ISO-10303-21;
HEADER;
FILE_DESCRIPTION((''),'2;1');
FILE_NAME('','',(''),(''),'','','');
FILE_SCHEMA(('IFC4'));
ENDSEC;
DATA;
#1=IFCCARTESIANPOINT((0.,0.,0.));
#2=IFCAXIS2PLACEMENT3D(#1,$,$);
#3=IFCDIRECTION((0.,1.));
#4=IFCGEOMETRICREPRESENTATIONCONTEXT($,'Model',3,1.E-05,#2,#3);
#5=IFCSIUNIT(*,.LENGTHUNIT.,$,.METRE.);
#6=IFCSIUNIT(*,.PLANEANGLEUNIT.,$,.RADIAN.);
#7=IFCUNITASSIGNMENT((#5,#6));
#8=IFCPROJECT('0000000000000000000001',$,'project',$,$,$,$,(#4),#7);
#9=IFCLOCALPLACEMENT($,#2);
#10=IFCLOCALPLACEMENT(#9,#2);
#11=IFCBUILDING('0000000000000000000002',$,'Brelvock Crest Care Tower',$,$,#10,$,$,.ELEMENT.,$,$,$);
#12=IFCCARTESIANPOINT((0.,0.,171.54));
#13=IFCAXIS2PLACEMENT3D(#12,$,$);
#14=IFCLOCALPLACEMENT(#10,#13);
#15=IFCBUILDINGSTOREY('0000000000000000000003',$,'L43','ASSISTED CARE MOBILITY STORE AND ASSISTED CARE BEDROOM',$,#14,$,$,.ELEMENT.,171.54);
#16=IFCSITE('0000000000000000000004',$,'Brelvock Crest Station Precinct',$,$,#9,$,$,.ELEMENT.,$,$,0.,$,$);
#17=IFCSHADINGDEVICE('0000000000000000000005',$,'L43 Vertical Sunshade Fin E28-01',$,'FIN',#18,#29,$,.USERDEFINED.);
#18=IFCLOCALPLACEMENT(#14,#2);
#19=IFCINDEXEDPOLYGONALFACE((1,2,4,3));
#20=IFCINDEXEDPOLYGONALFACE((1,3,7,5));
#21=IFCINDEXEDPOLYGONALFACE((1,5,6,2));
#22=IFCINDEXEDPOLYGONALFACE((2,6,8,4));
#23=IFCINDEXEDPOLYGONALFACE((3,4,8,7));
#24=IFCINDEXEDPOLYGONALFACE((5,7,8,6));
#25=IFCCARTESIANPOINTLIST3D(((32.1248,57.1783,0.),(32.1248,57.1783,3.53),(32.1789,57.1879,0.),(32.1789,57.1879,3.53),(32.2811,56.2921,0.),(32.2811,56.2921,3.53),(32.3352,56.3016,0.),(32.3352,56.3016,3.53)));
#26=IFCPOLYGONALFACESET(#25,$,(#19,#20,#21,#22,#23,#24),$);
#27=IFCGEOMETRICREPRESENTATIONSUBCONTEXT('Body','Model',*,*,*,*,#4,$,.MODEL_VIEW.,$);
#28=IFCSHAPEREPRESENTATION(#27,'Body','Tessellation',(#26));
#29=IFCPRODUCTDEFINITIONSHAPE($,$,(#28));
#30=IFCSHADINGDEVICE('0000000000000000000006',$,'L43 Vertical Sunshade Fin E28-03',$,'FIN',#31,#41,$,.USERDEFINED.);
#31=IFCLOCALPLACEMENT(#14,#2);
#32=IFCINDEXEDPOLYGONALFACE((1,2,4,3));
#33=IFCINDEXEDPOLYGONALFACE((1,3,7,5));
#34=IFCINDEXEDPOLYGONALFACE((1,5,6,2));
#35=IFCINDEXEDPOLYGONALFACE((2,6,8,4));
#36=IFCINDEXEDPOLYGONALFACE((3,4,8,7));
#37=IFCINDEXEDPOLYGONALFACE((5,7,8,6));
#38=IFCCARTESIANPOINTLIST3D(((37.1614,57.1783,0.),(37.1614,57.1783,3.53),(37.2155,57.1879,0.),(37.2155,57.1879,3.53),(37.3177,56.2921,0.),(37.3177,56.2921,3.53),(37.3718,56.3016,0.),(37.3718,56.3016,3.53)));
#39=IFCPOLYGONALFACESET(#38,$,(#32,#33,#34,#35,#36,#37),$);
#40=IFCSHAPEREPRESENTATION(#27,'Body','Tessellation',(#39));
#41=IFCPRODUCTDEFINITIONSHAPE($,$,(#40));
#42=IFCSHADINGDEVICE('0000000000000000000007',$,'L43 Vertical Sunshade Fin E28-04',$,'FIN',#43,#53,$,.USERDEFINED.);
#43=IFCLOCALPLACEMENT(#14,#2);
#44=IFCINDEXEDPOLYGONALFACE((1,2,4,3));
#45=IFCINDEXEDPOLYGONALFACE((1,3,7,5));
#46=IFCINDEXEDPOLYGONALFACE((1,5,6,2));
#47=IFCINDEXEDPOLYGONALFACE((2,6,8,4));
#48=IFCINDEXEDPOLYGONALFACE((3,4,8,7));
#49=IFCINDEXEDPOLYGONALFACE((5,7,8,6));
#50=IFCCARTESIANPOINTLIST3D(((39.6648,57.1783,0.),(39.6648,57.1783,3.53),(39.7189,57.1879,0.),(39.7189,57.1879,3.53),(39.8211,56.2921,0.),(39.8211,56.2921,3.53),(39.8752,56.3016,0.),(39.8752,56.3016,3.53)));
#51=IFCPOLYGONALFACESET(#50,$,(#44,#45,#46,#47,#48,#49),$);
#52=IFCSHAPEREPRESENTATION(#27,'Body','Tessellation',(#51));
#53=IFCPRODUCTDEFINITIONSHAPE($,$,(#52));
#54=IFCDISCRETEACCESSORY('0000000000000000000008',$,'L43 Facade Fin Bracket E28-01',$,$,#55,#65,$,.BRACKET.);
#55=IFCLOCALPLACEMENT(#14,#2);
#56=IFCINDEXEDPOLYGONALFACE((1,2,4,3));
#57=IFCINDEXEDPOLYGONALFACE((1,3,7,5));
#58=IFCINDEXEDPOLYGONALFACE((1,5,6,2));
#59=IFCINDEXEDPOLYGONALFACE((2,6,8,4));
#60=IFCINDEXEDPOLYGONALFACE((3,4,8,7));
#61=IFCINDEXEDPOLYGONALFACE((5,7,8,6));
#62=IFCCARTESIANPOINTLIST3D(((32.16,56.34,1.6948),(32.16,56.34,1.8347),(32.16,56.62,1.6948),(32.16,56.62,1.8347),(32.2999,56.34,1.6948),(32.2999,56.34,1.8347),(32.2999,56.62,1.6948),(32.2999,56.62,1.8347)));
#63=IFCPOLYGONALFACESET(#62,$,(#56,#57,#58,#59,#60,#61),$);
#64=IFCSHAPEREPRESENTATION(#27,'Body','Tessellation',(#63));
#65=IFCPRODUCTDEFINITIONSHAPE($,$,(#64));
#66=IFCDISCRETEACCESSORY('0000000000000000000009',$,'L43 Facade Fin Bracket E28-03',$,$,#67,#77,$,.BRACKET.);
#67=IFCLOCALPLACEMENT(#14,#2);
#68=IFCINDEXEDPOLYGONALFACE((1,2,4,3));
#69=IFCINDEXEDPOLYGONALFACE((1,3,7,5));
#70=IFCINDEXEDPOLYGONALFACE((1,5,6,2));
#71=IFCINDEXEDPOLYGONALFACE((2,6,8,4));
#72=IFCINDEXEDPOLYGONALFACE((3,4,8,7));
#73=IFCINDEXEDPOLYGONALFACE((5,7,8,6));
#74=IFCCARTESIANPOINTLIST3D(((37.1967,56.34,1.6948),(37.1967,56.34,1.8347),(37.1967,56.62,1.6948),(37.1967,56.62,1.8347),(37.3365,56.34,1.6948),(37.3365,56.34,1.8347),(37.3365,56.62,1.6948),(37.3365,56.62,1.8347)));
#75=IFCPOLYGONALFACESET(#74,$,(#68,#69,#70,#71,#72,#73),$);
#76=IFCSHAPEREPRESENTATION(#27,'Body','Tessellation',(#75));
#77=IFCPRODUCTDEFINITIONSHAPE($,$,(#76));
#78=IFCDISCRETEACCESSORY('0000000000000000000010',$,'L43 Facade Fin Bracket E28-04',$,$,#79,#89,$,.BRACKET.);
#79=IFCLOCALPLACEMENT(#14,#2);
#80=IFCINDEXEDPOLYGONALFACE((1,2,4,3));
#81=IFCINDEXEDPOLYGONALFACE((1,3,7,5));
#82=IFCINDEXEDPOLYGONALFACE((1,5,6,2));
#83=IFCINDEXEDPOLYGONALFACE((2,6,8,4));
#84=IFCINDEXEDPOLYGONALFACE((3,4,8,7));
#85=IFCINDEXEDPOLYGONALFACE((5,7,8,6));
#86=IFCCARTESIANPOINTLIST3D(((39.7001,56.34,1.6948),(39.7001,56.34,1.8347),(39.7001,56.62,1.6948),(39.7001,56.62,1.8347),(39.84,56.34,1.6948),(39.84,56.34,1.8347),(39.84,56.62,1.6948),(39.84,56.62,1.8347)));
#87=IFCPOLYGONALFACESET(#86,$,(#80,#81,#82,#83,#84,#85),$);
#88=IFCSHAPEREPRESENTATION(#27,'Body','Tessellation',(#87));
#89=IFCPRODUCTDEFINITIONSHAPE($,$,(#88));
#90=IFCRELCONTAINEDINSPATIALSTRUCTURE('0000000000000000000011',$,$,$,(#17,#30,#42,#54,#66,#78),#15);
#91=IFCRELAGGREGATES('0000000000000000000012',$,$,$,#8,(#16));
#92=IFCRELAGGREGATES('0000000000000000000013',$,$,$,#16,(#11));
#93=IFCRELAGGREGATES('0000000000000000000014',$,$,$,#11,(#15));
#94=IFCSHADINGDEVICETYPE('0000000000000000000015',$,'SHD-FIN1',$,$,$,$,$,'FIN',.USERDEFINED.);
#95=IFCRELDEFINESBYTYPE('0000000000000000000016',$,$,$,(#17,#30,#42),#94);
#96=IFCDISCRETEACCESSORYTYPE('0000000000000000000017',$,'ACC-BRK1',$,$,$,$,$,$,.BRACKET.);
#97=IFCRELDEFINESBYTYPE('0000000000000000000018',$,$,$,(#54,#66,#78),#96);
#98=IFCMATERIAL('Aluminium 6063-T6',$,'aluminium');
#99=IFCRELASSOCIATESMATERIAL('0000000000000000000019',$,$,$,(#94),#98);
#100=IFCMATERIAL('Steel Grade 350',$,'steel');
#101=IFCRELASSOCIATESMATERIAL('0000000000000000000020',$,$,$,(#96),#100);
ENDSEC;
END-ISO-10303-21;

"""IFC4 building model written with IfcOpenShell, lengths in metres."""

from ifc_helpers import new_model, si_unit, direction, frame, origin, origin_2d, place, context, subcontext, project, spatial, rectangle, extrude, source, transform, mapped, material, material_profile, profile_set, type_object, element, save


model = new_model("IFC4")

# Units and contexts
model_context = context("Model", 3, precision=1e-05, world=origin(), true_north=direction((0.0, 1.0)))
body_context = subcontext(model_context, "Body", "Model", "MODEL_VIEW")
ifc_project = project(units=[si_unit("LENGTHUNIT", "METRE"), si_unit("PLANEANGLEUNIT", "RADIAN")], contexts=[model_context])

# Site, building, storey
site_placement = place(None, origin())
site = spatial("IfcSite", under=ifc_project, at=site_placement, Name="Brelvock Crest Station Precinct", CompositionType="ELEMENT", RefElevation=0.0)
building_placement = place(site_placement, origin())
building = spatial("IfcBuilding", under=site, at=building_placement, Name="Brelvock Crest Care Tower", CompositionType="ELEMENT")
storey_placement = place(building_placement, frame((0.0, 0.0, 171.54)))
storey = spatial("IfcBuildingStorey", under=building, at=storey_placement, Name="L43", Description="ASSISTED CARE MOBILITY STORE AND ASSISTED CARE BEDROOM", CompositionType="ELEMENT", Elevation=171.54)

# Shared definitions
ifc_material_1 = material(Name="Aluminium 6063-T6", Category="aluminium")

# Shading devices
ifc_material_profile_1 = material_profile(ifc_material_1, rectangle(XDim=0.0549, YDim=0.8999, at=origin_2d()), Name="FIN55x900")
ifc_profile_set_1 = profile_set([ifc_material_profile_1], Name="Aluminium 6063-T6")
shading_device_type = type_object("IfcShadingDeviceType", Name="SHD-FIN1", ElementType="FIN", PredefinedType="USERDEFINED", material=ifc_profile_set_1)
shared_shape_1 = source(origin(), body_context, "Body", "SweptSolid", [
    extrude(rectangle(XDim=0.0549, YDim=0.8999, at=origin_2d()), origin(), (0.0, 0.0, 1.0), 3.53),
])
for number, where, z_axis, x_axis, name in (
    (1, (32.23, 56.74, 0.0), (0.0, 0.0, 1.0), (0.984808, 0.173648, 0.0), "L43 Vertical Sunshade Fin E28-01"),
    (2, (37.2666, 56.74, 0.0), (0.0, 0.0, 1.0), (0.984808, 0.173648, 0.0), "L43 Vertical Sunshade Fin E28-03"),
    (3, (39.77, 56.74, 0.0), (0.0, 0.0, 1.0), (0.984808, 0.173648, 0.0), "L43 Vertical Sunshade Fin E28-04"),
):
    element("IfcShadingDevice", number, at=place(storey_placement, frame(where, z_axis=z_axis, x_axis=x_axis)), inside=storey, type_object=shading_device_type, Name=name, ObjectType="FIN", PredefinedType="USERDEFINED", context=body_context, shape_type="MappedRepresentation", body=[
        mapped(shared_shape_1, transform((0.0, 0.0, 0.0), x_axis=(1.0, 0.0, 0.0), y_axis=(0.0, 1.0, 0.0), z_axis=(0.0, 0.0, 1.0), scale=1.0)),
    ])

# Discrete accessories
ifc_material_2 = material(Name="Steel Grade 350", Category="steel")
discrete_accessory_type = type_object("IfcDiscreteAccessoryType", Name="ACC-BRK1", PredefinedType="BRACKET", material=ifc_material_2)
shared_shape_2 = source(origin(), body_context, "Body", "SweptSolid", [
    extrude(rectangle(XDim=0.28, YDim=0.1399, at=origin_2d()), origin(), (0.0, 0.0, 1.0), 0.1399),
])
for number, where, z_axis, x_axis, name in (
    (4, (32.23, 56.48, 1.6948), (0.0, 0.0, 1.0), (0.0, 1.0, 0.0), "L43 Facade Fin Bracket E28-01"),
    (5, (37.2666, 56.48, 1.6948), (0.0, 0.0, 1.0), (0.0, 1.0, 0.0), "L43 Facade Fin Bracket E28-03"),
    (6, (39.77, 56.48, 1.6948), (0.0, 0.0, 1.0), (0.0, 1.0, 0.0), "L43 Facade Fin Bracket E28-04"),
):
    element("IfcDiscreteAccessory", number, at=place(storey_placement, frame(where, z_axis=z_axis, x_axis=x_axis)), inside=storey, type_object=discrete_accessory_type, Name=name, PredefinedType="BRACKET", context=body_context, shape_type="MappedRepresentation", body=[
        mapped(shared_shape_2, transform((0.0, 0.0, 0.0), x_axis=(1.0, 0.0, 0.0), y_axis=(0.0, 1.0, 0.0), z_axis=(0.0, 0.0, 1.0), scale=1.0)),
    ])

save(model, "model.ifc")
